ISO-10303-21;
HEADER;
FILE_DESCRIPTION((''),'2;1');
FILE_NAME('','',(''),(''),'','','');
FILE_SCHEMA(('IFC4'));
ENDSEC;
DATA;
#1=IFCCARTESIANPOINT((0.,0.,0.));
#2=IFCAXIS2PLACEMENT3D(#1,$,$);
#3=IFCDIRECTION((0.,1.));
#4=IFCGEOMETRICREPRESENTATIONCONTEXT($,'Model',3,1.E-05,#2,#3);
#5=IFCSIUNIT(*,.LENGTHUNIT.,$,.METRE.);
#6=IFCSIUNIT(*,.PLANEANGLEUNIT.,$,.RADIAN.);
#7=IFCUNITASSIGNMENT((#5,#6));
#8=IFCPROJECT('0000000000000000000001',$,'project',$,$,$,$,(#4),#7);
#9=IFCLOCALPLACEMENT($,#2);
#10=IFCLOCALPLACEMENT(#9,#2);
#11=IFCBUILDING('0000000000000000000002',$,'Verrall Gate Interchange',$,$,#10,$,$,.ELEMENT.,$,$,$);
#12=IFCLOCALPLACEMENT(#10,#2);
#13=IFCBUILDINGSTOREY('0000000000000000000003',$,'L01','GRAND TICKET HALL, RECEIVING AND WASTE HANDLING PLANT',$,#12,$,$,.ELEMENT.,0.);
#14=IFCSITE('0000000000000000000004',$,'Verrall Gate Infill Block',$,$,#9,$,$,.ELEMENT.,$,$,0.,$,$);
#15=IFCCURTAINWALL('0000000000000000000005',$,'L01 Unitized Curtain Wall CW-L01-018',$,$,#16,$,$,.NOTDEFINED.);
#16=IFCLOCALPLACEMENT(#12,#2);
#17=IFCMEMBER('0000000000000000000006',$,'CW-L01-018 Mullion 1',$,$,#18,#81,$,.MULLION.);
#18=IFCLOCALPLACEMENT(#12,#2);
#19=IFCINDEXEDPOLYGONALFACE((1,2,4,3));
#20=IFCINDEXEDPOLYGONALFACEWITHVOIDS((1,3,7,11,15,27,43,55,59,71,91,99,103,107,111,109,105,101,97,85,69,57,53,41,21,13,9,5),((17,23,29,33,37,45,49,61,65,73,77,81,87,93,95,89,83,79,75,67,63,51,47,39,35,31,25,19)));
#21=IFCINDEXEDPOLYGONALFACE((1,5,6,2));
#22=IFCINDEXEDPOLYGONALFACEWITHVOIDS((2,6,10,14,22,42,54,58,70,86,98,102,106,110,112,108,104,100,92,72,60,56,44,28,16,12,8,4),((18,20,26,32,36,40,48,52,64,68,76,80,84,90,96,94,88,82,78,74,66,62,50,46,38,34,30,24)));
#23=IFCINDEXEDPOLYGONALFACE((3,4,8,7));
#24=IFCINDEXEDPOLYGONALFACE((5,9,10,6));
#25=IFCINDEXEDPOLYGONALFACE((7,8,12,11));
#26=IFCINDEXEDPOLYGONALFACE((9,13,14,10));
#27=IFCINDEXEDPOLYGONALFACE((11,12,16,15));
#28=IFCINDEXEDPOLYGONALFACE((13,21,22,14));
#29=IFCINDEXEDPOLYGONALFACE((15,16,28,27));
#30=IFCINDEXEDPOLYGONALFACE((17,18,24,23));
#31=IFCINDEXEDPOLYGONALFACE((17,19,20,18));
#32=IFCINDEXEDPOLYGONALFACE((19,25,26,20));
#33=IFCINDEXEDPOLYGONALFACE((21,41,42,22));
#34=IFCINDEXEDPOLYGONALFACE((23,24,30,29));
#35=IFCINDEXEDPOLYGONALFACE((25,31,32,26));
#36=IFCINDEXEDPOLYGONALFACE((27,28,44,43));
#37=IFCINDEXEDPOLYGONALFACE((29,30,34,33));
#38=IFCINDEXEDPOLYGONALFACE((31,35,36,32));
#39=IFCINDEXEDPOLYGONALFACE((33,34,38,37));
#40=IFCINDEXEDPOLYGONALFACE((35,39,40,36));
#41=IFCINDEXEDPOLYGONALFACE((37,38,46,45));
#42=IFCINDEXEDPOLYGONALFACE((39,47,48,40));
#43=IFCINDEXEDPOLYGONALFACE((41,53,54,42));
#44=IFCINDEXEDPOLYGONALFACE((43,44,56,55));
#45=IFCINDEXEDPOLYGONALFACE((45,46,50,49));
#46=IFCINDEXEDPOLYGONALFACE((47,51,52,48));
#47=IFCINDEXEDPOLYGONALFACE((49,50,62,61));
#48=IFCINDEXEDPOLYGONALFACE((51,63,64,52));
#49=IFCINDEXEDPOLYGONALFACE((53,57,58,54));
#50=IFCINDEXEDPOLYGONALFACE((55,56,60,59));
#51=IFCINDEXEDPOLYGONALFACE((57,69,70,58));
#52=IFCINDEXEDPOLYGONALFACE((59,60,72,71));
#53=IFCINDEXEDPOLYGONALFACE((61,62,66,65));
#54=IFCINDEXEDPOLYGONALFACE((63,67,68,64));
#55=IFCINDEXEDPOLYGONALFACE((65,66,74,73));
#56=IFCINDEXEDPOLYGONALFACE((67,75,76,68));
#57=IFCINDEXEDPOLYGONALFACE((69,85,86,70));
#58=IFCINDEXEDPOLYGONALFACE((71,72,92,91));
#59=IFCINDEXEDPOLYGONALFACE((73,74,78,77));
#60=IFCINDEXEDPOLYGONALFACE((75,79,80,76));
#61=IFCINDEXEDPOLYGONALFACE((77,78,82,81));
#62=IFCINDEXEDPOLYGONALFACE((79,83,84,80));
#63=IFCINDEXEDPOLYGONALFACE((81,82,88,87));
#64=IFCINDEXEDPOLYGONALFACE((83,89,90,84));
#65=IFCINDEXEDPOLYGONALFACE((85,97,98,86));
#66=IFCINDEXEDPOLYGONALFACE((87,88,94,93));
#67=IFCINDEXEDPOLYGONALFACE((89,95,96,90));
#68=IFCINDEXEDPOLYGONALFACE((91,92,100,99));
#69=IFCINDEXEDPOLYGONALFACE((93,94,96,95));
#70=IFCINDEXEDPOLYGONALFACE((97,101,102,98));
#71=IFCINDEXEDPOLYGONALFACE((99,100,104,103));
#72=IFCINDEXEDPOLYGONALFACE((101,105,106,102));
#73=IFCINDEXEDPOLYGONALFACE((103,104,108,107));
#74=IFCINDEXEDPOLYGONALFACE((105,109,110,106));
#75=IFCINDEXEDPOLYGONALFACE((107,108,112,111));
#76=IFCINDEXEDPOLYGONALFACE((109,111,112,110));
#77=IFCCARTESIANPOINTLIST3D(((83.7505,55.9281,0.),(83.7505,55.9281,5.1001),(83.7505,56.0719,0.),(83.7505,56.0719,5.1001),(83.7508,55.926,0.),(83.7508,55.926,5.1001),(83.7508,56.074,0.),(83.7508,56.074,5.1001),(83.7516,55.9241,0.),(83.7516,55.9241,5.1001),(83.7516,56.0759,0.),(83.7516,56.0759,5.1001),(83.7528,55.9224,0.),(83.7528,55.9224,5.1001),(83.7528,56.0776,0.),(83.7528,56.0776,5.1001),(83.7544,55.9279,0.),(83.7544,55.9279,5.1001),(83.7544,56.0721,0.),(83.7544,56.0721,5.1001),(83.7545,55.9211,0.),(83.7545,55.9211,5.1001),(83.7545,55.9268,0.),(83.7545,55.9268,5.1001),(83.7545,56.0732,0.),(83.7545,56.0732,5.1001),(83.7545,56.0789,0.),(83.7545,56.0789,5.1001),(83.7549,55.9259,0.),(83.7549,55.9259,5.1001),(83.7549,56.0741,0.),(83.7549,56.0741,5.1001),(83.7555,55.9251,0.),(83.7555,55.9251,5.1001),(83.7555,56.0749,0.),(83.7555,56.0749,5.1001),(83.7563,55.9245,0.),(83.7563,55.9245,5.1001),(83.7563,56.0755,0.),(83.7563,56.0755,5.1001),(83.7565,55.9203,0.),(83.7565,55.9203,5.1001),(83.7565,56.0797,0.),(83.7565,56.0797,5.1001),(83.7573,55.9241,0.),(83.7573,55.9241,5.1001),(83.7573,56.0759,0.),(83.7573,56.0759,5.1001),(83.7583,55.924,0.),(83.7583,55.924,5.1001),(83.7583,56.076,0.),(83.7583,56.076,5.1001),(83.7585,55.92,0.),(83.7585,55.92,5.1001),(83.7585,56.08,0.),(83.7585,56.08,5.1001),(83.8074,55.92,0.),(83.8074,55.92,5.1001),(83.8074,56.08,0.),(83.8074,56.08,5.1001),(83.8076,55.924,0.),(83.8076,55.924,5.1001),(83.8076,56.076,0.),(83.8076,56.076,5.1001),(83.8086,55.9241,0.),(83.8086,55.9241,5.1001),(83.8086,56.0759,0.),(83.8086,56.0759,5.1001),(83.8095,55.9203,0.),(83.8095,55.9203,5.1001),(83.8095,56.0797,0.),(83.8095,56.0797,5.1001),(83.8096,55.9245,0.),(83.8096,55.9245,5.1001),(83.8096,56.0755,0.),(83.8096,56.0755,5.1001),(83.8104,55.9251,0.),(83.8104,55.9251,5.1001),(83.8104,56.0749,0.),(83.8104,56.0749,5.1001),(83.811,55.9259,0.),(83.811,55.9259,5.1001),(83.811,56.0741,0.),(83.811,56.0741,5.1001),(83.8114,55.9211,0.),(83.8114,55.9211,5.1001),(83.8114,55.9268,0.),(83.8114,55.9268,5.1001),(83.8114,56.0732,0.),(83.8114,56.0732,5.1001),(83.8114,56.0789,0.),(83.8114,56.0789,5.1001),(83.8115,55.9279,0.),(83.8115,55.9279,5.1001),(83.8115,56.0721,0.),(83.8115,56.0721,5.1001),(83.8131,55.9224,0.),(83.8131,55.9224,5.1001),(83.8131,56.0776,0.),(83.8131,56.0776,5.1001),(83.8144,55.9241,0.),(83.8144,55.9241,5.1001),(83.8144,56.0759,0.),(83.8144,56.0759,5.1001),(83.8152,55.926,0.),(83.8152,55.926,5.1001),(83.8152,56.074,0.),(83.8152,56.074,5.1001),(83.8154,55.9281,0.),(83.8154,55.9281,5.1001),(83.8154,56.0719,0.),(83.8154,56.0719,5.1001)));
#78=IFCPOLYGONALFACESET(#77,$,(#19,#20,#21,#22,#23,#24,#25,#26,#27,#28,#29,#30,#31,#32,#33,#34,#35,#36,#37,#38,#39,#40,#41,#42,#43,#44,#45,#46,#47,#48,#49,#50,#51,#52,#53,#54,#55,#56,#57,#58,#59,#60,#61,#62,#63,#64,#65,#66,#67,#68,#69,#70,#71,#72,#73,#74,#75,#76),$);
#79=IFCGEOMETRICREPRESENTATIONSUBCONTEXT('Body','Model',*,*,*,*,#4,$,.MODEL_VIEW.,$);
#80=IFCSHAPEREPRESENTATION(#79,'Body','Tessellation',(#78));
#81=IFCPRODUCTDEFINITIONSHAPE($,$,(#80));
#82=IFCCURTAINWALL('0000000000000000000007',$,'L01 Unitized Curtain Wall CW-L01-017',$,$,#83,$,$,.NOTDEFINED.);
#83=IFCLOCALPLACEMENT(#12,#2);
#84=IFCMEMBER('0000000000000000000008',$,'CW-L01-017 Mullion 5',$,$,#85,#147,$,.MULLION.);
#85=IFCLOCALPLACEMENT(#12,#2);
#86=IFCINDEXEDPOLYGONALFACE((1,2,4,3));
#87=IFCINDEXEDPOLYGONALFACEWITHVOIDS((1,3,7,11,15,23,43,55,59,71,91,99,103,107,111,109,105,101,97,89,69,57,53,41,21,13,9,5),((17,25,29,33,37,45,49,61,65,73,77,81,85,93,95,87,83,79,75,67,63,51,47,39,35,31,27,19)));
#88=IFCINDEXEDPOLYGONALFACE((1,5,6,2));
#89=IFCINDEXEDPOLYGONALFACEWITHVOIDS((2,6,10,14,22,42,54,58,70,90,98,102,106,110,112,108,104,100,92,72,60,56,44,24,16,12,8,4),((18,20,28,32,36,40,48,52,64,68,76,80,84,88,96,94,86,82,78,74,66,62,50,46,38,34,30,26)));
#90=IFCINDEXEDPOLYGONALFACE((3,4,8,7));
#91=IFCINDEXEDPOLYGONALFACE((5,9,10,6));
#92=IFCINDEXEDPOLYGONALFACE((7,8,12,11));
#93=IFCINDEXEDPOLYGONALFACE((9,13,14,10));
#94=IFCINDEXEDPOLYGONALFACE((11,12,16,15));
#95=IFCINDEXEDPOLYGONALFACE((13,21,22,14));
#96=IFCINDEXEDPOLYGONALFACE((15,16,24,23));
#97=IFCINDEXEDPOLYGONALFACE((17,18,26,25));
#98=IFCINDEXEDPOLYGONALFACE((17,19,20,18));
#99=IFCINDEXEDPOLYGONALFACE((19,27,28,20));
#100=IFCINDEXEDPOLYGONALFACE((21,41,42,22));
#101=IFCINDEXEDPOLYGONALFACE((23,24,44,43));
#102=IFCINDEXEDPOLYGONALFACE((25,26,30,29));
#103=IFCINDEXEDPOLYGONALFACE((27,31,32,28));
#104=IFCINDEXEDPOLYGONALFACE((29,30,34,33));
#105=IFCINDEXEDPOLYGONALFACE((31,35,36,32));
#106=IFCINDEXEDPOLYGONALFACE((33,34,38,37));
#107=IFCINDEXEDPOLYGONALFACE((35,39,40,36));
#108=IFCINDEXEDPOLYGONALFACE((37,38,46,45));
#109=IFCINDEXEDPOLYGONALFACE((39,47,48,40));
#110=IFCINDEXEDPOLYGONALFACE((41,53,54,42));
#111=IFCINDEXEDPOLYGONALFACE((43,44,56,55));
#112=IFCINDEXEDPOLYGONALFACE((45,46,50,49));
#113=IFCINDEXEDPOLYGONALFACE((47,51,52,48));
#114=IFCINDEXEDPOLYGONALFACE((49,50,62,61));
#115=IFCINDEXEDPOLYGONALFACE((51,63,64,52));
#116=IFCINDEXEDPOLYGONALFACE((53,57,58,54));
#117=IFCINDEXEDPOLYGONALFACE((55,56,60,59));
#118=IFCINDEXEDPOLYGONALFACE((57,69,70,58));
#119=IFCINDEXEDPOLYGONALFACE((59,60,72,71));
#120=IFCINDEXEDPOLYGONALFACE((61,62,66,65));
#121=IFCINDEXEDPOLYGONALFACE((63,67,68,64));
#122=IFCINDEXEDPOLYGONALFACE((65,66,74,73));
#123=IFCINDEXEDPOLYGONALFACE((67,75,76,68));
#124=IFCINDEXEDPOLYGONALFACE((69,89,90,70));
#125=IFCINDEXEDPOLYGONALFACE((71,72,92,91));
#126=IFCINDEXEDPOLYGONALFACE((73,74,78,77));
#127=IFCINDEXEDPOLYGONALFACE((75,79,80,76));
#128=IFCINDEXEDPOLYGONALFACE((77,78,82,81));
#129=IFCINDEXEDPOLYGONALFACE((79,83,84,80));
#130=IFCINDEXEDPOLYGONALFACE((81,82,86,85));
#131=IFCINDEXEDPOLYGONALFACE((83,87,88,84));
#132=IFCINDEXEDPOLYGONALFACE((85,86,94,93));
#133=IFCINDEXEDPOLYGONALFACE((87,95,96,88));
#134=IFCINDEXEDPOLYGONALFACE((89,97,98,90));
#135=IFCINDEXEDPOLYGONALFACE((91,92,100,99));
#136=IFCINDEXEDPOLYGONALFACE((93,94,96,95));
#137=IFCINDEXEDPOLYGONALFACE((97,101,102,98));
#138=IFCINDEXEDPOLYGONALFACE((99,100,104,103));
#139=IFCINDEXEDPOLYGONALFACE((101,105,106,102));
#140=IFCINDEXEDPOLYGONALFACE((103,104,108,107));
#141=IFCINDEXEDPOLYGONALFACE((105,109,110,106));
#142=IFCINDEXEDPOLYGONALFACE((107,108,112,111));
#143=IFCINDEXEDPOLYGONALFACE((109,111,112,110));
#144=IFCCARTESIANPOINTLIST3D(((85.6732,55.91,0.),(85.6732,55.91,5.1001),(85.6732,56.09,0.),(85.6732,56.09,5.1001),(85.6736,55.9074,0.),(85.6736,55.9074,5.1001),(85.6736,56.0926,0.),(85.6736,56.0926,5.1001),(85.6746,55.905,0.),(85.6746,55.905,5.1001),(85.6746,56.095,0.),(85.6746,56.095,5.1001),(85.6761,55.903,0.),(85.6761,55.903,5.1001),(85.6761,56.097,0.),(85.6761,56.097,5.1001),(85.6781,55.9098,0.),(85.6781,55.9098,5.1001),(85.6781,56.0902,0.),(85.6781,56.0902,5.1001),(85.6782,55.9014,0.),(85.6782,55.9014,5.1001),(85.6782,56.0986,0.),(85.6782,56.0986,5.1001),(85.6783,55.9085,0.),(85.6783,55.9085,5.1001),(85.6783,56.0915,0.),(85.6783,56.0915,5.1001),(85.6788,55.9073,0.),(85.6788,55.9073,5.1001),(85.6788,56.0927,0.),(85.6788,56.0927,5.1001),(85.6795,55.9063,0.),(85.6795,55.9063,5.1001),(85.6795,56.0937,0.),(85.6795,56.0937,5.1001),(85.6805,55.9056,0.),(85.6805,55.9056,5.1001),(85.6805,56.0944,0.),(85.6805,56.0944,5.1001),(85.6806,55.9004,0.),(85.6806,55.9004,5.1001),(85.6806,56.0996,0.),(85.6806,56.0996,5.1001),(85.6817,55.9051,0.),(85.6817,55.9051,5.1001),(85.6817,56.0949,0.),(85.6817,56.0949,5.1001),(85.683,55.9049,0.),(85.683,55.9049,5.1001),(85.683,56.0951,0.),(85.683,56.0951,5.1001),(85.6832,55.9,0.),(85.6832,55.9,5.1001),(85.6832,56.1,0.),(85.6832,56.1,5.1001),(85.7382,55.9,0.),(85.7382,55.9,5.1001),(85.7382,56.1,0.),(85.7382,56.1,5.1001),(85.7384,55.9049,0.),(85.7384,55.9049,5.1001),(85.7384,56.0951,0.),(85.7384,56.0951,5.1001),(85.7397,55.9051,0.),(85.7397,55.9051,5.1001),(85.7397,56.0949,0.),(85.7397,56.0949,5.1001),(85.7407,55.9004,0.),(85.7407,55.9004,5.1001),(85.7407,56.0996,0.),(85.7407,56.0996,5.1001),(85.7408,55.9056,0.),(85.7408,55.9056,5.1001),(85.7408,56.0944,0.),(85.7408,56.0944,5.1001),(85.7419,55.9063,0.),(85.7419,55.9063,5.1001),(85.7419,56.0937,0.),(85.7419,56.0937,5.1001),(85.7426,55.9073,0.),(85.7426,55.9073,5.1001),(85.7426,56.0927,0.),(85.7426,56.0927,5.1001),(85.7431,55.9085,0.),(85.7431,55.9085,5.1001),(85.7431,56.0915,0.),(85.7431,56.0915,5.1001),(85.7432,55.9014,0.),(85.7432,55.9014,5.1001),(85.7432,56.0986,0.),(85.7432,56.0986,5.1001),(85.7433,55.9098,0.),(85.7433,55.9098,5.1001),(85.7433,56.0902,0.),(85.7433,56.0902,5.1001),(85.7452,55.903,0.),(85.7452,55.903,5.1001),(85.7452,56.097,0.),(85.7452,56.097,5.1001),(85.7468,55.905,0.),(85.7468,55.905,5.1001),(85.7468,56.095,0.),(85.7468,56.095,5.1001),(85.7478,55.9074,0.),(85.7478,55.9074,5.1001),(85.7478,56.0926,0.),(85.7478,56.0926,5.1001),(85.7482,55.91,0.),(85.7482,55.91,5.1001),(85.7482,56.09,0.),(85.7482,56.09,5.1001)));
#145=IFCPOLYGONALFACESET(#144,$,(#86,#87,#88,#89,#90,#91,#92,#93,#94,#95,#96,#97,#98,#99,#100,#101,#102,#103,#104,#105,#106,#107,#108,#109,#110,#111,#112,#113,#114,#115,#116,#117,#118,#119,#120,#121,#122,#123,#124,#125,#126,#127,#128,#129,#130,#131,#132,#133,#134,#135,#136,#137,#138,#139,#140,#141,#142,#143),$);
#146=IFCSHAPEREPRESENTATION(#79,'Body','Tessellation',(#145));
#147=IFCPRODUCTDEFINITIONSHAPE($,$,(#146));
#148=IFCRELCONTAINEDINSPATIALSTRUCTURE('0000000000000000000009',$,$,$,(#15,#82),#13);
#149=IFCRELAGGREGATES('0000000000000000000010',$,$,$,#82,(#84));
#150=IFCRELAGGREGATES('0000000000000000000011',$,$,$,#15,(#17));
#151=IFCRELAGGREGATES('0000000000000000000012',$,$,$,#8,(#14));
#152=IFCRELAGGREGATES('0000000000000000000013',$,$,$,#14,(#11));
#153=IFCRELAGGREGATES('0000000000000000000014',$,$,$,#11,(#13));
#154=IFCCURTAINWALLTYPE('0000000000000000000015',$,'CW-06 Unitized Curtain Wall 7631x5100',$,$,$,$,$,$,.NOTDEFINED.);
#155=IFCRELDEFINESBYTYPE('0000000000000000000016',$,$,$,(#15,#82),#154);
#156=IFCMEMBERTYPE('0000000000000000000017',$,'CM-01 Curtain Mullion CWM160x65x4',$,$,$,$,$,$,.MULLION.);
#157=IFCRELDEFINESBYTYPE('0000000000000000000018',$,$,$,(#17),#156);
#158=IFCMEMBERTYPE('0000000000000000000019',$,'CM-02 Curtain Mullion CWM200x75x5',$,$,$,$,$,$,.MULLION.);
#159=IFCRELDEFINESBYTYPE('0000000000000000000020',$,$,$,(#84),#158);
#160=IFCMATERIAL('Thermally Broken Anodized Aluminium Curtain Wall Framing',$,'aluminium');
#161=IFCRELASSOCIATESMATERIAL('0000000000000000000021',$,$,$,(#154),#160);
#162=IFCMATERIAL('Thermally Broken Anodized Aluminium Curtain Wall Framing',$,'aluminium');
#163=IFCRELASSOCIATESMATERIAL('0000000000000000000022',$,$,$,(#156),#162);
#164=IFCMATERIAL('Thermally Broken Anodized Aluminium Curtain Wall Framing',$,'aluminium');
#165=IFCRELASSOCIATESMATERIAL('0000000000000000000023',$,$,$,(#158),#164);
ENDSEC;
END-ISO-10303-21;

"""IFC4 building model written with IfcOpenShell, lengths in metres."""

from ifc_helpers import new_model, si_unit, direction, frame, origin, origin_2d, place, context, subcontext, project, spatial, hollow_rectangle, extrude, material, material_profile, profile_set, type_object, element, aggregate, save


model = new_model("IFC4")

# Units and contexts
model_context = context("Model", 3, precision=1e-05, world=origin(), true_north=direction((0.0, 1.0)))
body_context = subcontext(model_context, "Body", "Model", "MODEL_VIEW")
ifc_project = project(units=[si_unit("LENGTHUNIT", "METRE"), si_unit("PLANEANGLEUNIT", "RADIAN")], contexts=[model_context])

# Site, building, storey
site_placement = place(None, origin())
site = spatial("IfcSite", under=ifc_project, at=site_placement, Name="Verrall Gate Infill Block", CompositionType="ELEMENT", RefElevation=0.0)
building_placement = place(site_placement, origin())
building = spatial("IfcBuilding", under=site, at=building_placement, Name="Verrall Gate Interchange", CompositionType="ELEMENT")
storey_placement = place(building_placement, origin())
storey = spatial("IfcBuildingStorey", under=building, at=storey_placement, Name="L01", Description="GRAND TICKET HALL, RECEIVING AND WASTE HANDLING PLANT", CompositionType="ELEMENT", Elevation=0.0)

# Curtain wall, member
ifc_material_1 = material(Name="Thermally Broken Anodized Aluminium Curtain Wall Framing", Category="aluminium")
curtain_wall_type = type_object("IfcCurtainWallType", Name="CW-06 Unitized Curtain Wall 7631x5100", PredefinedType="NOTDEFINED", material=ifc_material_1)
curtain_wall_1_placement = place(storey_placement, origin())
curtain_wall_1 = element("IfcCurtainWall", 1, at=curtain_wall_1_placement, inside=storey, type_object=curtain_wall_type, Name="L01 Unitized Curtain Wall CW-L01-018", PredefinedType="NOTDEFINED")
ifc_material_2 = material(Name="Thermally Broken Anodized Aluminium Curtain Wall Framing", Category="aluminium")
ifc_material_profile_1 = material_profile(ifc_material_2, hollow_rectangle(XDim=0.0649, YDim=0.1599, WallThickness=0.0039, InnerFilletRadius=0.0039, OuterFilletRadius=0.0081, at=origin_2d()), Name="CWM160x65x4")
ifc_profile_set_1 = profile_set([ifc_material_profile_1], Name="Thermally Broken Anodized Aluminium Curtain Wall Framing")
member_type_1 = type_object("IfcMemberType", Name="CM-01 Curtain Mullion CWM160x65x4", PredefinedType="MULLION", material=ifc_profile_set_1)
member_1_placement = place(storey_placement, frame((83.783, 56.0, 0.0), z_axis=(0.0, 0.0, 1.0), x_axis=(-1.0, 0.0, 0.0)))
member_1 = element("IfcMember", 2, at=member_1_placement, type_object=member_type_1, Name="CW-L01-018 Mullion 1", PredefinedType="MULLION", context=body_context, shape_type="SweptSolid", body=[
    extrude(hollow_rectangle(XDim=0.0649, YDim=0.1599, WallThickness=0.0039, InnerFilletRadius=0.0039, OuterFilletRadius=0.0081, at=origin_2d()), origin(), (0.0, 0.0, 1.0), 5.1001),
])

# Curtain wall, member
curtain_wall_2_placement = place(storey_placement, origin())
curtain_wall_2 = element("IfcCurtainWall", 3, at=curtain_wall_2_placement, inside=storey, type_object=curtain_wall_type, Name="L01 Unitized Curtain Wall CW-L01-017", PredefinedType="NOTDEFINED")
ifc_material_3 = material(Name="Thermally Broken Anodized Aluminium Curtain Wall Framing", Category="aluminium")
ifc_material_profile_2 = material_profile(ifc_material_3, hollow_rectangle(XDim=0.075, YDim=0.2, WallThickness=0.0049, InnerFilletRadius=0.0049, OuterFilletRadius=0.01, at=origin_2d()), Name="CWM200x75x5")
ifc_profile_set_2 = profile_set([ifc_material_profile_2], Name="Thermally Broken Anodized Aluminium Curtain Wall Framing")
member_type_2 = type_object("IfcMemberType", Name="CM-02 Curtain Mullion CWM200x75x5", PredefinedType="MULLION", material=ifc_profile_set_2)
member_2_placement = place(storey_placement, frame((85.7107, 56.0, 0.0), z_axis=(0.0, 0.0, 1.0), x_axis=(-1.0, 0.0, 0.0)))
member_2 = element("IfcMember", 4, at=member_2_placement, type_object=member_type_2, Name="CW-L01-017 Mullion 5", PredefinedType="MULLION", context=body_context, shape_type="SweptSolid", body=[
    extrude(hollow_rectangle(XDim=0.075, YDim=0.2, WallThickness=0.0049, InnerFilletRadius=0.0049, OuterFilletRadius=0.01, at=origin_2d()), origin(), (0.0, 0.0, 1.0), 5.1001),
])

aggregate(curtain_wall_2, [member_2])
aggregate(curtain_wall_1, [member_1])

save(model, "model.ifc")
